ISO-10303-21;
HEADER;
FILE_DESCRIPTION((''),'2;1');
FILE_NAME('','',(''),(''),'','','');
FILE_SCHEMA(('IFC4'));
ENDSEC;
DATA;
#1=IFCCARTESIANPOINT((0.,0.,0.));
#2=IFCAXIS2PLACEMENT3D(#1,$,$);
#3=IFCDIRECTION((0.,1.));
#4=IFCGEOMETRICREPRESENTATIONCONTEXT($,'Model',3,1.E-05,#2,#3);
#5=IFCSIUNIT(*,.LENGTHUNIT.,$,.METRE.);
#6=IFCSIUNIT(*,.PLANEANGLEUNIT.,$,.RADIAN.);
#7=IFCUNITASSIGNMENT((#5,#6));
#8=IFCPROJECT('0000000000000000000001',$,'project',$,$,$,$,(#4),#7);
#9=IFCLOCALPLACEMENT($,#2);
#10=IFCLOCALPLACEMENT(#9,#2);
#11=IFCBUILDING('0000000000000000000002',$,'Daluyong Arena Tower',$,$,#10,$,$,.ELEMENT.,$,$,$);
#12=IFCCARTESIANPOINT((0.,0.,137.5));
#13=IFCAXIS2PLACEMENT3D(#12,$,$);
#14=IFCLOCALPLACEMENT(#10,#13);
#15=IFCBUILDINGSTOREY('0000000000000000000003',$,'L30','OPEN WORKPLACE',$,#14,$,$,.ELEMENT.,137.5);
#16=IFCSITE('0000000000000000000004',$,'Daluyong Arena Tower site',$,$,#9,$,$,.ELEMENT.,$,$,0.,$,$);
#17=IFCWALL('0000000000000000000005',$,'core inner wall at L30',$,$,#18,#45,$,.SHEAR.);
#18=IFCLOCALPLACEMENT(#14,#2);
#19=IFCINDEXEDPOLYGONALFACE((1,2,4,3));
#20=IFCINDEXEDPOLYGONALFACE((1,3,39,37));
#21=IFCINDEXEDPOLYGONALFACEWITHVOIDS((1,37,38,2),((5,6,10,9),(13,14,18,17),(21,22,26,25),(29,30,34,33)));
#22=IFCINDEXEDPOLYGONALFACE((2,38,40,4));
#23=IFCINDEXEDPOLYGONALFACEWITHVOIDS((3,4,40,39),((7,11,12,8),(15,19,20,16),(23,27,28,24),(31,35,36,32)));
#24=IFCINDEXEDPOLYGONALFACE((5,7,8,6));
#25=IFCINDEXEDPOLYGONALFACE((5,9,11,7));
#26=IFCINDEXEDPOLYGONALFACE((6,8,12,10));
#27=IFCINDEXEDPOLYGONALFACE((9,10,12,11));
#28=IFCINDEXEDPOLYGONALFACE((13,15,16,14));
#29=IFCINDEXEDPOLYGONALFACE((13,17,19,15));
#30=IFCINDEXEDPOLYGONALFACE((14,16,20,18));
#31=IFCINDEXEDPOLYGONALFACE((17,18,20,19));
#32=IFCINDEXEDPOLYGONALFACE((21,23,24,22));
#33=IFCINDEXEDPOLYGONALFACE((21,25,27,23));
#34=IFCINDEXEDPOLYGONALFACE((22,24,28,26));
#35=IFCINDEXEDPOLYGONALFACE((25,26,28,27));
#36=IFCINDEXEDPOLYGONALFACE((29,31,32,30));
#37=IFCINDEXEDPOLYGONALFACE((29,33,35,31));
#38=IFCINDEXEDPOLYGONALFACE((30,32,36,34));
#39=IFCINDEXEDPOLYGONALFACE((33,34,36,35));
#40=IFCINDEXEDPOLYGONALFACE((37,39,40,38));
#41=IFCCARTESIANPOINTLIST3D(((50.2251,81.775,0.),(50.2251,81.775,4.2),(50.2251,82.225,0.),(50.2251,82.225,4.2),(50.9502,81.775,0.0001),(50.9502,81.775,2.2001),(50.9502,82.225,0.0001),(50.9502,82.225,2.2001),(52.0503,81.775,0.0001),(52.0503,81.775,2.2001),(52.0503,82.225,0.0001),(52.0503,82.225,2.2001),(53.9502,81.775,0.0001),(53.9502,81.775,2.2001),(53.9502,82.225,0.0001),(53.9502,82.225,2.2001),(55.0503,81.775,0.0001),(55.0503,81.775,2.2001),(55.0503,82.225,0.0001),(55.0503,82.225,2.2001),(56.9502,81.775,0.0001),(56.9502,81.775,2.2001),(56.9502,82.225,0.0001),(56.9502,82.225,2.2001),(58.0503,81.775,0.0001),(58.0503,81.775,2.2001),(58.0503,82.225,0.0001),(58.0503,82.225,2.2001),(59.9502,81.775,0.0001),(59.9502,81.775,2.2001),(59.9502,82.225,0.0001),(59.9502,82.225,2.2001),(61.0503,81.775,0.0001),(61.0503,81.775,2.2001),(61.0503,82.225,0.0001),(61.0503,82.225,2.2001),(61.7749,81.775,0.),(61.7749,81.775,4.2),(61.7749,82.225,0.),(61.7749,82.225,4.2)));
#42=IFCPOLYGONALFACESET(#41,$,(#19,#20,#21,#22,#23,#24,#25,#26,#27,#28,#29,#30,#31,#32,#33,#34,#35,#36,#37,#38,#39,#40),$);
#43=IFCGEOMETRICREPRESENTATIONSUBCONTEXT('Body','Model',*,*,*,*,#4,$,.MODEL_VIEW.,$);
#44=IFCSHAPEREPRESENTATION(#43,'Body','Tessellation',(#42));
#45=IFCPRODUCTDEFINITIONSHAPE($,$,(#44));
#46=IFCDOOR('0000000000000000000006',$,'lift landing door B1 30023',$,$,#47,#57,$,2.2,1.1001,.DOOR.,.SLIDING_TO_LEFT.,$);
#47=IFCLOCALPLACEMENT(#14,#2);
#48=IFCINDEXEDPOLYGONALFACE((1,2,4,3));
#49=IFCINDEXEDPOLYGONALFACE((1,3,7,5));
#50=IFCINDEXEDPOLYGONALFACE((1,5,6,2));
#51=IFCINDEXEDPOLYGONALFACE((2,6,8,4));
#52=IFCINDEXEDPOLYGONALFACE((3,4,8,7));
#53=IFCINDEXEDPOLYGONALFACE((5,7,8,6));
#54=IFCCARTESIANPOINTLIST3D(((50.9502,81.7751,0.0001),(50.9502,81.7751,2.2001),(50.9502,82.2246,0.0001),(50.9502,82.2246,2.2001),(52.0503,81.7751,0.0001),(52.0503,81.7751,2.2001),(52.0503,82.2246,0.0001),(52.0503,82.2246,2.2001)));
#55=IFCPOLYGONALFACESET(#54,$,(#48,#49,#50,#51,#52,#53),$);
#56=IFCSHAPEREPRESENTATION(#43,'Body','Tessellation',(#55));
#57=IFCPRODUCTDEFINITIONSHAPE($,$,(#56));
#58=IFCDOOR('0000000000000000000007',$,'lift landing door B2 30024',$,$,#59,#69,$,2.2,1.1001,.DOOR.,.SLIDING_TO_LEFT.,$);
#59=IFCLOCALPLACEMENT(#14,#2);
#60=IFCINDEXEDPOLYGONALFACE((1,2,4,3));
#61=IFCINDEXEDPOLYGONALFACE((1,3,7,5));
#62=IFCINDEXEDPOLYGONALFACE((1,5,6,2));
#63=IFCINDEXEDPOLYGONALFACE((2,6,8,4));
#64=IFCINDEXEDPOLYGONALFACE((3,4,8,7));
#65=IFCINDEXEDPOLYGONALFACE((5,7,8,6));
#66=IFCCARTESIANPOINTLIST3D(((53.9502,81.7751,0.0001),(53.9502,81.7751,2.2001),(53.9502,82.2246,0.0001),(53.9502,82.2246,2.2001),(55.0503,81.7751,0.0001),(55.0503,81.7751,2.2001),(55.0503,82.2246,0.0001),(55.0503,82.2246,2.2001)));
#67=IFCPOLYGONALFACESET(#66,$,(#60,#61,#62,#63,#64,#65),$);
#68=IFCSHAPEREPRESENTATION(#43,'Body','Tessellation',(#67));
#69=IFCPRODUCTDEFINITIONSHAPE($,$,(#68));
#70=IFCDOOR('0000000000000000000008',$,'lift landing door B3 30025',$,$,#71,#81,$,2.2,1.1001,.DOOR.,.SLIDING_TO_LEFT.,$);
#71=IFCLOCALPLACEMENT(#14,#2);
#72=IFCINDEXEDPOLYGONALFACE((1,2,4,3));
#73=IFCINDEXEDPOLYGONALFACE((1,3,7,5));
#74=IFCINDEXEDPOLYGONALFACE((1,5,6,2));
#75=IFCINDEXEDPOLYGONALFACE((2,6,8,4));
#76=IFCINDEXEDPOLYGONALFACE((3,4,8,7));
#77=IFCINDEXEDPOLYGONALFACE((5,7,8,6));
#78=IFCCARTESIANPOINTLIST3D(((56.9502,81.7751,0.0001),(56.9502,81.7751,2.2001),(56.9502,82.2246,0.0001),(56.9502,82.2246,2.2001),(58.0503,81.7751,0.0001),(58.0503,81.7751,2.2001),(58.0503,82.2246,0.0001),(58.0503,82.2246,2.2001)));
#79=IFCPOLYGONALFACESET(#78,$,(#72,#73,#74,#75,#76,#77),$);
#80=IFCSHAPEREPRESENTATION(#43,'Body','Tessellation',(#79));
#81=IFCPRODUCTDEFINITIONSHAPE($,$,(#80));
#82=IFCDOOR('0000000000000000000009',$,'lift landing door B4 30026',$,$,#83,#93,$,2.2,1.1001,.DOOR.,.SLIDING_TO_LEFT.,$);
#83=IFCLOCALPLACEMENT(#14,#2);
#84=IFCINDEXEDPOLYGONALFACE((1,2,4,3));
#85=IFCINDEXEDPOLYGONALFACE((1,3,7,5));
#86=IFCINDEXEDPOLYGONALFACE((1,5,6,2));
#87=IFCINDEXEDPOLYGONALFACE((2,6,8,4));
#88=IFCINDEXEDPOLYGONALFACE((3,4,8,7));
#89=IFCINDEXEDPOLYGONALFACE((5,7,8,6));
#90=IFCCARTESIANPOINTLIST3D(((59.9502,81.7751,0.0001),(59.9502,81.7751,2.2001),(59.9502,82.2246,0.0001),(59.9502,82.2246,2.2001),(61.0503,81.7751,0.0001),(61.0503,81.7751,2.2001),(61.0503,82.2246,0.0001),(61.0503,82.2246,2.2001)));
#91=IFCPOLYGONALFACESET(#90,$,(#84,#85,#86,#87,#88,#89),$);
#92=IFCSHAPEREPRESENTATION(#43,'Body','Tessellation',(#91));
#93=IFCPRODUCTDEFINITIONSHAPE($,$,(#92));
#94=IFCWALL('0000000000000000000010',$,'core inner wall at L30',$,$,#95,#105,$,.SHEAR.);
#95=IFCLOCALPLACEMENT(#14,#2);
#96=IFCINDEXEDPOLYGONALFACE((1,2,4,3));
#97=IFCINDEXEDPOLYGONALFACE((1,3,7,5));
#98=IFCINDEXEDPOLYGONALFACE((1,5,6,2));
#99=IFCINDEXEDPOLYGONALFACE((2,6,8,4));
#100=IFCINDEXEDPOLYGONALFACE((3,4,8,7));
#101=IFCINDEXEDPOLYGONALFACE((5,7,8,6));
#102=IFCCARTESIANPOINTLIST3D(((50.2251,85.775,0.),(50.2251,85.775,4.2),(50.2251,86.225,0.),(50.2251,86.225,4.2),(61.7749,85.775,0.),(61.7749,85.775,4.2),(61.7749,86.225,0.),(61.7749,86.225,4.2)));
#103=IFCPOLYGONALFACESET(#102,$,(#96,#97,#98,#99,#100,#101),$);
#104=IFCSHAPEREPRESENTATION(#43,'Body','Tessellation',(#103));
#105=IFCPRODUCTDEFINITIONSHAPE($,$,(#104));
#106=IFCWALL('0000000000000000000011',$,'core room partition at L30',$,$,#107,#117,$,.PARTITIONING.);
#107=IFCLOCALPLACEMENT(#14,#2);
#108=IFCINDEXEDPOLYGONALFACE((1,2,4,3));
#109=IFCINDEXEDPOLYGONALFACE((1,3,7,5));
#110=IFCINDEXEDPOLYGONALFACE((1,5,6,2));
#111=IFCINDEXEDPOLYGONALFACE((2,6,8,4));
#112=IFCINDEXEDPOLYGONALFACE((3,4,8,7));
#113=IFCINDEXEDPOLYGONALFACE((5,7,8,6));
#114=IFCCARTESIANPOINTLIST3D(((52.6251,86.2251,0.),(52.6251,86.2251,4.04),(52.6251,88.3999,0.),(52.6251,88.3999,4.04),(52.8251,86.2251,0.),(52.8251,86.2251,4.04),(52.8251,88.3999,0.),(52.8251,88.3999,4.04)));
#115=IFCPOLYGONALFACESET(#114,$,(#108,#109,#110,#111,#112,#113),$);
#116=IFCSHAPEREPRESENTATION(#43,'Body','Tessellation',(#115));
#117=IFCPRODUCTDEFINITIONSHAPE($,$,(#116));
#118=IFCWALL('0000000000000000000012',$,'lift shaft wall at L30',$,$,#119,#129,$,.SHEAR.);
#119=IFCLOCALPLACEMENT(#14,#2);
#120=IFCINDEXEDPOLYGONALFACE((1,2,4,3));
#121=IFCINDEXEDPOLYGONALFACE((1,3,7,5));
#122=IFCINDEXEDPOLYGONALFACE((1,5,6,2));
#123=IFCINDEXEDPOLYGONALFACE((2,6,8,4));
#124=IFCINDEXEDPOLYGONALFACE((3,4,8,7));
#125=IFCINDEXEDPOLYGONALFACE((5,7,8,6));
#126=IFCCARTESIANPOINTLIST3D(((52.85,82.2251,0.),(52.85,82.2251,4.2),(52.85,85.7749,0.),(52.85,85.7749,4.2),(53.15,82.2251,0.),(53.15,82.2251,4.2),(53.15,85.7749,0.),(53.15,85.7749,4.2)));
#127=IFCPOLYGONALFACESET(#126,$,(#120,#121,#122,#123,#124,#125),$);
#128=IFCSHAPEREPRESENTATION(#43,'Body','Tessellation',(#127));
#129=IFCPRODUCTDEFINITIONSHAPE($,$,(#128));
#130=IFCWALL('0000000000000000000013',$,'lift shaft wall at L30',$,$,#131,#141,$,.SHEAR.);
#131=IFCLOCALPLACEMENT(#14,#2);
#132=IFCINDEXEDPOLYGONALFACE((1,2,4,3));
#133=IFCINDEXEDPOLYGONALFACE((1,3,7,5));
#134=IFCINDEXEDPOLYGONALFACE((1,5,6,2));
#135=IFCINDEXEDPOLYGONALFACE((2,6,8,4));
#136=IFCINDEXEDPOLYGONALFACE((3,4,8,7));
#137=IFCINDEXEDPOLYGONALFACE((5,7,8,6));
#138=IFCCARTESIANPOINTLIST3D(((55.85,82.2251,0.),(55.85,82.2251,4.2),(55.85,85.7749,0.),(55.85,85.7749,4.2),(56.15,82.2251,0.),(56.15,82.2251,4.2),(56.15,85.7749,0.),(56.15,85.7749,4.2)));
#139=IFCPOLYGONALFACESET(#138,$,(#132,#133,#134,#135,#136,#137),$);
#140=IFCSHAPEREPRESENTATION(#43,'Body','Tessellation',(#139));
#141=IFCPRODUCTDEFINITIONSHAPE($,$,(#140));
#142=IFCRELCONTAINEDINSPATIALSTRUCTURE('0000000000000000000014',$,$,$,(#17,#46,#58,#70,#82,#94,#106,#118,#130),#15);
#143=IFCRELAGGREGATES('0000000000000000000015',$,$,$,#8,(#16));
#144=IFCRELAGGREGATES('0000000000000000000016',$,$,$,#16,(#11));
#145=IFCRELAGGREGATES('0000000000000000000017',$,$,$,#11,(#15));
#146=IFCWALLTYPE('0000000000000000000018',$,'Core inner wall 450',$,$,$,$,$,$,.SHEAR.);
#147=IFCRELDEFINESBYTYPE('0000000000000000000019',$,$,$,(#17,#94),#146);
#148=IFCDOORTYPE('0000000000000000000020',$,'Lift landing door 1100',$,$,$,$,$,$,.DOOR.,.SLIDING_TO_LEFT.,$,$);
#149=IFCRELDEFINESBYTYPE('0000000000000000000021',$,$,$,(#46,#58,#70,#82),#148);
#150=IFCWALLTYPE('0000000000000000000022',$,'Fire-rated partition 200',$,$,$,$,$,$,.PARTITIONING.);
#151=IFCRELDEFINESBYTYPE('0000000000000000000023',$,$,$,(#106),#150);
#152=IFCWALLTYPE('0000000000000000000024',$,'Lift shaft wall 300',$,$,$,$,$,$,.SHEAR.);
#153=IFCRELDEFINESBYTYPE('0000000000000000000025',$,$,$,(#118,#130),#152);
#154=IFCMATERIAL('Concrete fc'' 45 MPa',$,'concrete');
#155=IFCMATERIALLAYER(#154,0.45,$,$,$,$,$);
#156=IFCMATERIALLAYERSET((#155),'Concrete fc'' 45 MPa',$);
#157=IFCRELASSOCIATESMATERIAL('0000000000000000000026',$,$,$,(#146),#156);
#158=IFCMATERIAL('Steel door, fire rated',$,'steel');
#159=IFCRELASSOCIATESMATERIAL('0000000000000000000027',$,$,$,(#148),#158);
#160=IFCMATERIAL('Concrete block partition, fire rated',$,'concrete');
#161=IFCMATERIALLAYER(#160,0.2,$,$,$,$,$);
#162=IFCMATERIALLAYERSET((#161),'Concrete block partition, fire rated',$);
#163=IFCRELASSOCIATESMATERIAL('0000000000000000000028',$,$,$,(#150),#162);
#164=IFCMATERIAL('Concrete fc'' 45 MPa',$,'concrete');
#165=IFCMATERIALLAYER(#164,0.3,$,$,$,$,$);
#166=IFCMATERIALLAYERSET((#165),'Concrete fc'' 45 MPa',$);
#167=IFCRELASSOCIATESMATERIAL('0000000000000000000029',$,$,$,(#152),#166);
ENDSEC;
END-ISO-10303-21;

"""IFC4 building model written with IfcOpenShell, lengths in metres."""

from ifc_helpers import new_model, si_unit, direction, frame, frame_2d, origin, place, context, subcontext, project, spatial, rectangle, extrude, material, layer, layer_set, type_object, element, fill, save


model = new_model("IFC4")

# Units and contexts
model_context = context("Model", 3, precision=1e-05, world=origin(), true_north=direction((0.0, 1.0)))
body_context = subcontext(model_context, "Body", "Model", "MODEL_VIEW")
ifc_project = project(units=[si_unit("LENGTHUNIT", "METRE"), si_unit("PLANEANGLEUNIT", "RADIAN")], contexts=[model_context])

# Site, building, storey
site_placement = place(None, origin())
site = spatial("IfcSite", under=ifc_project, at=site_placement, Name="Daluyong Arena Tower site", CompositionType="ELEMENT", RefElevation=0.0)
building_placement = place(site_placement, origin())
building = spatial("IfcBuilding", under=site, at=building_placement, Name="Daluyong Arena Tower", CompositionType="ELEMENT")
storey_placement = place(building_placement, frame((0.0, 0.0, 137.5)))
storey = spatial("IfcBuildingStorey", under=building, at=storey_placement, Name="L30", Description="OPEN WORKPLACE", CompositionType="ELEMENT", Elevation=137.5)

# Wall, openings, doors
ifc_material_1 = material(Name="Concrete fc' 45 MPa", Category="concrete")
ifc_layer_1 = layer(ifc_material_1, 0.45)
ifc_layer_set_1 = layer_set([ifc_layer_1], Name="Concrete fc' 45 MPa")
wall_type_1 = type_object("IfcWallType", Name="Core inner wall 450", PredefinedType="SHEAR", material=ifc_layer_set_1)
wall_1_placement = place(storey_placement, frame((50.2251, 82.0, 0.0), z_axis=(0.0, 0.0, 1.0), x_axis=(1.0, 0.0, 0.0)))
wall_1 = element("IfcWall", 1, at=wall_1_placement, inside=storey, type_object=wall_type_1, Name="core inner wall at L30", PredefinedType="SHEAR", context=body_context, shape_type="SweptSolid", body=[
    extrude(rectangle(XDim=11.5498, YDim=0.45, at=frame_2d((5.7749, 0.0))), origin(), (0.0, 0.0, 1.0), 4.2),
])
opening_1_placement = place(wall_1_placement, frame((0.7251, 0.0, 0.0)))
opening_1 = element("IfcOpeningElement", 2, at=opening_1_placement, cuts=wall_1, PredefinedType="OPENING", context=body_context, shape_type="SweptSolid", body=[
    extrude(rectangle(XDim=1.1001, YDim=2.2, at=frame_2d((0.55, 1.1001))), frame((0.0, 0.2349, 0.0), z_axis=(0.0, -1.0, 0.0), x_axis=(1.0, 0.0, 0.0)), (0.0, 0.0, 1.0), 0.47),
])
opening_2_placement = place(wall_1_placement, frame((3.7251, 0.0, 0.0)))
opening_2 = element("IfcOpeningElement", 3, at=opening_2_placement, cuts=wall_1, PredefinedType="OPENING", context=body_context, shape_type="SweptSolid", body=[
    extrude(rectangle(XDim=1.1001, YDim=2.2, at=frame_2d((0.55, 1.1001))), frame((0.0, 0.2349, 0.0), z_axis=(0.0, -1.0, 0.0), x_axis=(1.0, 0.0, 0.0)), (0.0, 0.0, 1.0), 0.47),
])
opening_3_placement = place(wall_1_placement, frame((6.7251, 0.0, 0.0)))
opening_3 = element("IfcOpeningElement", 4, at=opening_3_placement, cuts=wall_1, PredefinedType="OPENING", context=body_context, shape_type="SweptSolid", body=[
    extrude(rectangle(XDim=1.1001, YDim=2.2, at=frame_2d((0.55, 1.1001))), frame((0.0, 0.2349, 0.0), z_axis=(0.0, -1.0, 0.0), x_axis=(1.0, 0.0, 0.0)), (0.0, 0.0, 1.0), 0.47),
])
opening_4_placement = place(wall_1_placement, frame((9.7251, 0.0, 0.0)))
opening_4 = element("IfcOpeningElement", 5, at=opening_4_placement, cuts=wall_1, PredefinedType="OPENING", context=body_context, shape_type="SweptSolid", body=[
    extrude(rectangle(XDim=1.1001, YDim=2.2, at=frame_2d((0.55, 1.1001))), frame((0.0, 0.2349, 0.0), z_axis=(0.0, -1.0, 0.0), x_axis=(1.0, 0.0, 0.0)), (0.0, 0.0, 1.0), 0.47),
])
ifc_material_2 = material(Name="Steel door, fire rated", Category="steel")
door_type_1 = type_object("IfcDoorType", Name="Lift landing door 1100", OperationType="SLIDING_TO_LEFT", PredefinedType="DOOR", material=ifc_material_2)
door_1_placement = place(opening_1_placement, origin())
door_1 = element("IfcDoor", 6, at=door_1_placement, inside=storey, type_object=door_type_1, Name="lift landing door B1 30023", OperationType="SLIDING_TO_LEFT", OverallHeight=2.2, OverallWidth=1.1001, PredefinedType="DOOR", context=body_context, shape_type="SweptSolid", body=[
    extrude(rectangle(XDim=1.1001, YDim=2.2, at=frame_2d((0.55, 1.1001))), frame((0.0, 0.2246, 0.0), z_axis=(0.0, -1.0, 0.0), x_axis=(1.0, 0.0, 0.0)), (0.0, 0.0, 1.0), 0.4495),
])
fill(opening_1, door_1)
door_2_placement = place(opening_2_placement, origin())
door_2 = element("IfcDoor", 7, at=door_2_placement, inside=storey, type_object=door_type_1, Name="lift landing door B2 30024", OperationType="SLIDING_TO_LEFT", OverallHeight=2.2, OverallWidth=1.1001, PredefinedType="DOOR", context=body_context, shape_type="SweptSolid", body=[
    extrude(rectangle(XDim=1.1001, YDim=2.2, at=frame_2d((0.55, 1.1001))), frame((0.0, 0.2246, 0.0), z_axis=(0.0, -1.0, 0.0), x_axis=(1.0, 0.0, 0.0)), (0.0, 0.0, 1.0), 0.4495),
])
fill(opening_2, door_2)
door_3_placement = place(opening_3_placement, origin())
door_3 = element("IfcDoor", 8, at=door_3_placement, inside=storey, type_object=door_type_1, Name="lift landing door B3 30025", OperationType="SLIDING_TO_LEFT", OverallHeight=2.2, OverallWidth=1.1001, PredefinedType="DOOR", context=body_context, shape_type="SweptSolid", body=[
    extrude(rectangle(XDim=1.1001, YDim=2.2, at=frame_2d((0.55, 1.1001))), frame((0.0, 0.2246, 0.0), z_axis=(0.0, -1.0, 0.0), x_axis=(1.0, 0.0, 0.0)), (0.0, 0.0, 1.0), 0.4495),
])
fill(opening_3, door_3)
door_4_placement = place(opening_4_placement, origin())
door_4 = element("IfcDoor", 9, at=door_4_placement, inside=storey, type_object=door_type_1, Name="lift landing door B4 30026", OperationType="SLIDING_TO_LEFT", OverallHeight=2.2, OverallWidth=1.1001, PredefinedType="DOOR", context=body_context, shape_type="SweptSolid", body=[
    extrude(rectangle(XDim=1.1001, YDim=2.2, at=frame_2d((0.55, 1.1001))), frame((0.0, 0.2246, 0.0), z_axis=(0.0, -1.0, 0.0), x_axis=(1.0, 0.0, 0.0)), (0.0, 0.0, 1.0), 0.4495),
])
fill(opening_4, door_4)

# Walls
wall_2_placement = place(storey_placement, frame((50.2251, 86.0, 0.0), z_axis=(0.0, 0.0, 1.0), x_axis=(1.0, 0.0, 0.0)))
element("IfcWall", 10, at=wall_2_placement, inside=storey, type_object=wall_type_1, Name="core inner wall at L30", PredefinedType="SHEAR", context=body_context, shape_type="SweptSolid", body=[
    extrude(rectangle(XDim=11.5498, YDim=0.45, at=frame_2d((5.7749, 0.0))), origin(), (0.0, 0.0, 1.0), 4.2),
])
ifc_material_3 = material(Name="Concrete block partition, fire rated", Category="concrete")
ifc_layer_2 = layer(ifc_material_3, 0.2)
ifc_layer_set_2 = layer_set([ifc_layer_2], Name="Concrete block partition, fire rated")
wall_type_2 = type_object("IfcWallType", Name="Fire-rated partition 200", PredefinedType="PARTITIONING", material=ifc_layer_set_2)
wall_3_placement = place(storey_placement, frame((52.7251, 86.2251, 0.0), z_axis=(0.0, 0.0, 1.0), x_axis=(0.0, 1.0, 0.0)))
element("IfcWall", 11, at=wall_3_placement, inside=storey, type_object=wall_type_2, Name="core room partition at L30", PredefinedType="PARTITIONING", context=body_context, shape_type="SweptSolid", body=[
    extrude(rectangle(XDim=2.1748, YDim=0.2, at=frame_2d((1.0874, 0.0))), origin(), (0.0, 0.0, 1.0), 4.04),
])
ifc_material_4 = material(Name="Concrete fc' 45 MPa", Category="concrete")
ifc_layer_3 = layer(ifc_material_4, 0.3)
ifc_layer_set_3 = layer_set([ifc_layer_3], Name="Concrete fc' 45 MPa")
wall_type_3 = type_object("IfcWallType", Name="Lift shaft wall 300", PredefinedType="SHEAR", material=ifc_layer_set_3)
for number, where, z_axis, x_axis, name in (
    (12, (53.0, 82.2251, 0.0), (0.0, 0.0, 1.0), (0.0, 1.0, 0.0), "lift shaft wall at L30"),
    (13, (56.0, 82.2251, 0.0), (0.0, 0.0, 1.0), (0.0, 1.0, 0.0), "lift shaft wall at L30"),
):
    element("IfcWall", number, at=place(storey_placement, frame(where, z_axis=z_axis, x_axis=x_axis)), inside=storey, type_object=wall_type_3, Name=name, PredefinedType="SHEAR", context=body_context, shape_type="SweptSolid", body=[
        extrude(rectangle(XDim=3.5498, YDim=0.3, at=frame_2d((1.7749, 0.0))), origin(), (0.0, 0.0, 1.0), 4.2),
    ])

save(model, "model.ifc")
